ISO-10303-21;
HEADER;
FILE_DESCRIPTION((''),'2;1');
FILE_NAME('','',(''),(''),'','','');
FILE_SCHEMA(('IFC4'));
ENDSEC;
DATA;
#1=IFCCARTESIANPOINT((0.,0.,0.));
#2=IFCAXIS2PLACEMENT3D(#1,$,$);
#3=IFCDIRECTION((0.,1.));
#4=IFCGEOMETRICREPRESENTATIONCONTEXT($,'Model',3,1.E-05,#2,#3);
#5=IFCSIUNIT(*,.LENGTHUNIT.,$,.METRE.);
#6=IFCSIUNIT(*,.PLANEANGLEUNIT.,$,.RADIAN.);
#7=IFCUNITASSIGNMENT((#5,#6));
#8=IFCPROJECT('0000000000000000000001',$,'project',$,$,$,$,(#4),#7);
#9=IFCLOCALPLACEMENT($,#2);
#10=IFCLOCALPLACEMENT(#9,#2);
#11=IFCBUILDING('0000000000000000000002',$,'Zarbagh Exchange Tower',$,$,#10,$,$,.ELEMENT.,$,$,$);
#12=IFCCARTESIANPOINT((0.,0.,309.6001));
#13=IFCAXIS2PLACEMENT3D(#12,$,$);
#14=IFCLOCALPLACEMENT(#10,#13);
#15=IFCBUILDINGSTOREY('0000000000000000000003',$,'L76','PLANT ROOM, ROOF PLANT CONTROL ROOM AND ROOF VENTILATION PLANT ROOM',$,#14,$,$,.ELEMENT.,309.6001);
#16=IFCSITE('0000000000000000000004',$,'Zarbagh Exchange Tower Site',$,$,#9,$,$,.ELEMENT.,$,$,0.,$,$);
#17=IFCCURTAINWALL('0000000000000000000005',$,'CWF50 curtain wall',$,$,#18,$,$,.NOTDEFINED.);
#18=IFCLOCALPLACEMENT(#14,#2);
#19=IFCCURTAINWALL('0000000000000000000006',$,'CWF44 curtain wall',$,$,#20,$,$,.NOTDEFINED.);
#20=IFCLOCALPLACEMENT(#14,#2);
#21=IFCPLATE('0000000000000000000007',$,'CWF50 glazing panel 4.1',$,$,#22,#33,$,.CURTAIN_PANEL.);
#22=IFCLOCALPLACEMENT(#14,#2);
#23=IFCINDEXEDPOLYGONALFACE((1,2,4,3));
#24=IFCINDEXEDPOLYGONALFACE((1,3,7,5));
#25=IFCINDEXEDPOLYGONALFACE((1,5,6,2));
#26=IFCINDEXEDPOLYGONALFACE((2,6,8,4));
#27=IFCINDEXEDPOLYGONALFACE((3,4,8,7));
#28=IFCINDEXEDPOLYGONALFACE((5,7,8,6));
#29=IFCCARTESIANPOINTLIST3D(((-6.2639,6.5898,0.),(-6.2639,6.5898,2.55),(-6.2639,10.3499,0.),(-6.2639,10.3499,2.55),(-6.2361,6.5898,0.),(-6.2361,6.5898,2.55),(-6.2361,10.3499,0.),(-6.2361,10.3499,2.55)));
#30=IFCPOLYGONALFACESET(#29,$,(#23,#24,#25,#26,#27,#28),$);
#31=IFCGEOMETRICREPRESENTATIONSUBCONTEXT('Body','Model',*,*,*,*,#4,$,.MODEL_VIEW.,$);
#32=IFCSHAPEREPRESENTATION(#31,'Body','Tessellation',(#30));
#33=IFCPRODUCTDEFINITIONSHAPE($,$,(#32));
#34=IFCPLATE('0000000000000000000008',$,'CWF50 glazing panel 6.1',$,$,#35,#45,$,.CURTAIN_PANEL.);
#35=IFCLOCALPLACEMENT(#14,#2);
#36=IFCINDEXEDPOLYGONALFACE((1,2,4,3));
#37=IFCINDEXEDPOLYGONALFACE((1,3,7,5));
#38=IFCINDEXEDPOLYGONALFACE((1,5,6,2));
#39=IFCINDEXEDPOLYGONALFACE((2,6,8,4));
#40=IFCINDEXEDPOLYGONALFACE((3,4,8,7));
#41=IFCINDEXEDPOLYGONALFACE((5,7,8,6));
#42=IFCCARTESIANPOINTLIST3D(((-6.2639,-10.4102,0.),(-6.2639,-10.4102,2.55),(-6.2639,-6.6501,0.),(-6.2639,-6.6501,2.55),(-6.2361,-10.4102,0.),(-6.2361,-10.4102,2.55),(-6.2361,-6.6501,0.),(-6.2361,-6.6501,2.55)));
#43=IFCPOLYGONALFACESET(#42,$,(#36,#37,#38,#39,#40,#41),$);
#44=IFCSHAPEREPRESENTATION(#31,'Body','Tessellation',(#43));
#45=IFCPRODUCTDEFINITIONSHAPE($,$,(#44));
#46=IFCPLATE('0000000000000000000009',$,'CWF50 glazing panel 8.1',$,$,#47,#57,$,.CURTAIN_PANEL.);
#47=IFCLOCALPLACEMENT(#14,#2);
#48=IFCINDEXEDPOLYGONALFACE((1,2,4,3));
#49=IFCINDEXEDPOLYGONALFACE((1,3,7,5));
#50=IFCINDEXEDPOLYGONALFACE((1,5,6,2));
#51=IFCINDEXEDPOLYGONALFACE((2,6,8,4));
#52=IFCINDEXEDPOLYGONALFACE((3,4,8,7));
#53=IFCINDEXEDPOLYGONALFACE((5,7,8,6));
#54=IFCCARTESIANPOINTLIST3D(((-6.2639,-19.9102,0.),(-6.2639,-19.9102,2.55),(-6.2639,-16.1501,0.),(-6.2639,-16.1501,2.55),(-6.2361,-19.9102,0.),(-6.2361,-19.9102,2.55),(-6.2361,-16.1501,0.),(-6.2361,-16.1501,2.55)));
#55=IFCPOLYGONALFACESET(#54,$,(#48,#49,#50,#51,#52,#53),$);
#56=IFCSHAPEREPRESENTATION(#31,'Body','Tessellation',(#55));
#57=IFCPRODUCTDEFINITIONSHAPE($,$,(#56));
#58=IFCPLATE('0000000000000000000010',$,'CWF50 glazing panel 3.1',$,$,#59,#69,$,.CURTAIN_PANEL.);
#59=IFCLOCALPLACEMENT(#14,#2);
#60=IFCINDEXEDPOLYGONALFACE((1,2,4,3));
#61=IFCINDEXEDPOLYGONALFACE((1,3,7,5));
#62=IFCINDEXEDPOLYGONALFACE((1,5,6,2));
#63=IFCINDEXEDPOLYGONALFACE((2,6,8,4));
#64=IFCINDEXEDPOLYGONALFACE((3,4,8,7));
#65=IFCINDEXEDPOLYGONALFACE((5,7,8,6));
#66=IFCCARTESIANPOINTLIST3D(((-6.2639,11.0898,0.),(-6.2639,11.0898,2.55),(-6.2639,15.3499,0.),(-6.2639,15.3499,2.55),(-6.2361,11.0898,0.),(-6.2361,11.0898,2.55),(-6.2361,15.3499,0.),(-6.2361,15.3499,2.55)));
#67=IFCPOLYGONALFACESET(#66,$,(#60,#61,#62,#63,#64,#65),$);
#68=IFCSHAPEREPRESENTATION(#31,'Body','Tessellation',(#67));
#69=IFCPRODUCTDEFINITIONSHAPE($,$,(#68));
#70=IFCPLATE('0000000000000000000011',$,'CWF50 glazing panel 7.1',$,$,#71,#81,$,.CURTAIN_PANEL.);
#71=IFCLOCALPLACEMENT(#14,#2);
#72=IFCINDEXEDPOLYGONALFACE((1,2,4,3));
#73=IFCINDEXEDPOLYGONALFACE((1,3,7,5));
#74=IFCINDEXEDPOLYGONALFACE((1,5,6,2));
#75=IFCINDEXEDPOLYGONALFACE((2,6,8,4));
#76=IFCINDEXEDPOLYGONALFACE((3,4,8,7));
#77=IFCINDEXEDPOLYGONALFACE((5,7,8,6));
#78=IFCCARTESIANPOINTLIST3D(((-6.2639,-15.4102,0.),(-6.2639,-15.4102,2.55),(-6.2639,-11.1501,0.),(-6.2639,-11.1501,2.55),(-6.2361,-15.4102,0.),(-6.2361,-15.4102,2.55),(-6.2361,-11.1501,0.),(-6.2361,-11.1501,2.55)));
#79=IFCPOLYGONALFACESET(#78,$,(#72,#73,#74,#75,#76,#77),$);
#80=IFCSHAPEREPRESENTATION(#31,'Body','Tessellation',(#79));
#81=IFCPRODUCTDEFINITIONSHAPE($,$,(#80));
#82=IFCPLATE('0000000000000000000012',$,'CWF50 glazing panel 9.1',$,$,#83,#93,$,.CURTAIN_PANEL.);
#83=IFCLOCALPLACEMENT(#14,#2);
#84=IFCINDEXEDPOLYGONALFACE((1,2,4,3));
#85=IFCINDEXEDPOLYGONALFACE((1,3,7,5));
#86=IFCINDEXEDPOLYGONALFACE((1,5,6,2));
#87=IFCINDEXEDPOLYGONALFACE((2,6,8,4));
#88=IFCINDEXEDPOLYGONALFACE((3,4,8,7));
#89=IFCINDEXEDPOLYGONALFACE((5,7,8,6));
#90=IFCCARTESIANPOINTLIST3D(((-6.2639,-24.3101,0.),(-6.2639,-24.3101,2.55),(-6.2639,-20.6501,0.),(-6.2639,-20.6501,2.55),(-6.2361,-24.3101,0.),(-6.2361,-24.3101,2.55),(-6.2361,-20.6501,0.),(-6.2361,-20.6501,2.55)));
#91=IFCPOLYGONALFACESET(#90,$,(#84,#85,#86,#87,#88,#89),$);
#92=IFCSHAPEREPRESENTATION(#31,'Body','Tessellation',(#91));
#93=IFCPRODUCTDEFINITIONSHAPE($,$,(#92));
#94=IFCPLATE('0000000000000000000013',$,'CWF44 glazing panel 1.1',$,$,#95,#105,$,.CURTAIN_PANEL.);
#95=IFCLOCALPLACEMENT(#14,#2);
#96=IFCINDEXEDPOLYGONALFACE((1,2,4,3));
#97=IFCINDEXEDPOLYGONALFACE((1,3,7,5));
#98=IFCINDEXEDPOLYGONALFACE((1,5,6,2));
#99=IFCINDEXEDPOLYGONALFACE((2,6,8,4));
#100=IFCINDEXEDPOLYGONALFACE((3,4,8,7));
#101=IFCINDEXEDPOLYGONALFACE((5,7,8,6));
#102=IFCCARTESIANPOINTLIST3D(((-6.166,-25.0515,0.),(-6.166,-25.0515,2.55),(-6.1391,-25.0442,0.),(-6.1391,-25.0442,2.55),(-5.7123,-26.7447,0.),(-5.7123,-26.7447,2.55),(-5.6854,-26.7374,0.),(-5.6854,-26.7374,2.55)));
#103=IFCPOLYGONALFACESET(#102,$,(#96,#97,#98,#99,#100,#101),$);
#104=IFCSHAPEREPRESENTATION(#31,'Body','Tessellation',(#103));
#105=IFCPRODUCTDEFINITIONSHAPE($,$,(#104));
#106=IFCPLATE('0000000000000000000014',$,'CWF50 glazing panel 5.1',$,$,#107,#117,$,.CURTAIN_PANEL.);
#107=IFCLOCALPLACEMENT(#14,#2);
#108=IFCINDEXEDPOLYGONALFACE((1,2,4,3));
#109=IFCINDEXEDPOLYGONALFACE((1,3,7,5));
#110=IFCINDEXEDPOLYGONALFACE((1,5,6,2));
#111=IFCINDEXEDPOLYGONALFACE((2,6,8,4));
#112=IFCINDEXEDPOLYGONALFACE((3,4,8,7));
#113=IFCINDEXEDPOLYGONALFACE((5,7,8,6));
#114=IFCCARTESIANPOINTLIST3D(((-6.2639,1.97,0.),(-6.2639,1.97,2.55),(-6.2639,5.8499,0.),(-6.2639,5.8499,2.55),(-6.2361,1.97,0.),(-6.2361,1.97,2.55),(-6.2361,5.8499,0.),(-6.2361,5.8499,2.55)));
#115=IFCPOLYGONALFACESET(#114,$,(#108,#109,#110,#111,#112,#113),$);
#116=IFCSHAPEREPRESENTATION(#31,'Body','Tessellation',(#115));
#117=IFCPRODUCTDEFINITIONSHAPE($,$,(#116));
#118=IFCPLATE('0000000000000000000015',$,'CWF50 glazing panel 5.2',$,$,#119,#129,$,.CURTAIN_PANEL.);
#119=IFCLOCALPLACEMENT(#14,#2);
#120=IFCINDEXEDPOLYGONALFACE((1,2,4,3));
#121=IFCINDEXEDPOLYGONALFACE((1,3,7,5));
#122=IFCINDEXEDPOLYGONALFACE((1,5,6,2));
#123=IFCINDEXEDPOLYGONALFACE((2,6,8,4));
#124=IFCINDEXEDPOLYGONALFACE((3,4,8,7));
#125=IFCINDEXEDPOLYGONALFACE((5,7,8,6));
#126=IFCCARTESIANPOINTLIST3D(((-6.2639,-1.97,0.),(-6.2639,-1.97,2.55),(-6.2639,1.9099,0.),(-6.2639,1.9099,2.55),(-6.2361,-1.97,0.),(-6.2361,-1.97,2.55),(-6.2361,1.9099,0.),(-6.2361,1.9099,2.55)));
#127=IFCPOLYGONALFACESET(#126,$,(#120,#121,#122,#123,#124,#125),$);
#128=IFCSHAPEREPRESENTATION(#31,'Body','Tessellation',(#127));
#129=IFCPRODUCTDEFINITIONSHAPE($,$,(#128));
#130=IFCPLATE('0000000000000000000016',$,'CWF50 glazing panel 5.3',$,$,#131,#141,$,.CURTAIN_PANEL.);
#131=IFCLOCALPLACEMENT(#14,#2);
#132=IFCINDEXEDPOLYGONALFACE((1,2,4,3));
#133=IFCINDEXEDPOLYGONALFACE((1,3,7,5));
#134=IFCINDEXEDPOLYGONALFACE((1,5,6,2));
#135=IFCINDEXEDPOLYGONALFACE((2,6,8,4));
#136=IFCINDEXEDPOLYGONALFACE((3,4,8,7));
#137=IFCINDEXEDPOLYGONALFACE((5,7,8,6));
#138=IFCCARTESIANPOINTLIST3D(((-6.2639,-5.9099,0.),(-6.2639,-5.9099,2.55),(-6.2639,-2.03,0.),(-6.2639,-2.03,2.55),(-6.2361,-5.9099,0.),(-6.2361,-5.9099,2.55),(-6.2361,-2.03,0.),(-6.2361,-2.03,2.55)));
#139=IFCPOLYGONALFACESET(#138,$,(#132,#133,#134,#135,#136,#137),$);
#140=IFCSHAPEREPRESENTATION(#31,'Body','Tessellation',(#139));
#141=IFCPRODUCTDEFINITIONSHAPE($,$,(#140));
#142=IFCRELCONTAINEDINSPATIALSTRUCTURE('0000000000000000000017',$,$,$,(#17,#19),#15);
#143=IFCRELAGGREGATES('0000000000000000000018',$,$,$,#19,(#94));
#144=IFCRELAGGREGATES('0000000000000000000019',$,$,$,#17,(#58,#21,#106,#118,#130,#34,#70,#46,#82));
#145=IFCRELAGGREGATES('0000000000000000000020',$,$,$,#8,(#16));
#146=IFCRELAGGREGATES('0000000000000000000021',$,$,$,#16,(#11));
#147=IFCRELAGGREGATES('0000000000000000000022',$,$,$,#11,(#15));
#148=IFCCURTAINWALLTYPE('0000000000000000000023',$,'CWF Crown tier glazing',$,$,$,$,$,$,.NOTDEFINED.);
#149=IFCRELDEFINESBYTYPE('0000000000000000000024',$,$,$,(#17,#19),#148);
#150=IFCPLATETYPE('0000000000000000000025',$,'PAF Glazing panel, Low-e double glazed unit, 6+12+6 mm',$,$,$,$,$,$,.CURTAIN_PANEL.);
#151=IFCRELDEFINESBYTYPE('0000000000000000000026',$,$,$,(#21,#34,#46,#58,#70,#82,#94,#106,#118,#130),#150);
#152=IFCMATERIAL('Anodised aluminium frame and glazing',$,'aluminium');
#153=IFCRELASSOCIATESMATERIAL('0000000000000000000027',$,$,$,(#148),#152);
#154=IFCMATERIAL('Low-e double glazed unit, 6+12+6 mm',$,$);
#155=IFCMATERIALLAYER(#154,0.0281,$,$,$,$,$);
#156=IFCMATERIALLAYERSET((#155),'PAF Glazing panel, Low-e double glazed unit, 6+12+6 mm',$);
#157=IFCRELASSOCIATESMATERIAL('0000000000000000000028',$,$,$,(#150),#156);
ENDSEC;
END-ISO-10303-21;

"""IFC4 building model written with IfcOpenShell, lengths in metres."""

from ifc_helpers import new_model, si_unit, direction, frame, origin, place, context, subcontext, project, spatial, polyline, outline, extrude, source, transform, mapped, material, layer, layer_set, type_object, element, aggregate, save


model = new_model("IFC4")

# Units and contexts
model_context = context("Model", 3, precision=1e-05, world=origin(), true_north=direction((0.0, 1.0)))
body_context = subcontext(model_context, "Body", "Model", "MODEL_VIEW")
ifc_project = project(units=[si_unit("LENGTHUNIT", "METRE"), si_unit("PLANEANGLEUNIT", "RADIAN")], contexts=[model_context])

# Site, building, storey
site_placement = place(None, origin())
site = spatial("IfcSite", under=ifc_project, at=site_placement, Name="Zarbagh Exchange Tower Site", CompositionType="ELEMENT", RefElevation=0.0)
building_placement = place(site_placement, origin())
building = spatial("IfcBuilding", under=site, at=building_placement, Name="Zarbagh Exchange Tower", CompositionType="ELEMENT")
storey_placement = place(building_placement, frame((0.0, 0.0, 309.6001)))
storey = spatial("IfcBuildingStorey", under=building, at=storey_placement, Name="L76", Description="PLANT ROOM, ROOF PLANT CONTROL ROOM AND ROOF VENTILATION PLANT ROOM", CompositionType="ELEMENT", Elevation=309.6001)

# Curtain wall
ifc_material_1 = material(Name="Anodised aluminium frame and glazing", Category="aluminium")
curtain_wall_type = type_object("IfcCurtainWallType", Name="CWF Crown tier glazing", PredefinedType="NOTDEFINED", material=ifc_material_1)
curtain_wall_1_placement = place(storey_placement, origin())
curtain_wall_1 = element("IfcCurtainWall", 1, at=curtain_wall_1_placement, inside=storey, type_object=curtain_wall_type, Name="CWF50 curtain wall", PredefinedType="NOTDEFINED")
placement = place(storey_placement, origin())

# Curtain wall
curtain_wall_2_placement = place(storey_placement, origin())
curtain_wall_2 = element("IfcCurtainWall", 2, at=curtain_wall_2_placement, inside=storey, type_object=curtain_wall_type, Name="CWF44 curtain wall", PredefinedType="NOTDEFINED")

# Shared definitions
ifc_material_2 = material(Name="Low-e double glazed unit, 6+12+6 mm")
ifc_layer = layer(ifc_material_2, 0.0281)
ifc_layer_set = layer_set([ifc_layer], Name="PAF Glazing panel, Low-e double glazed unit, 6+12+6 mm")
plate_type = type_object("IfcPlateType", Name="PAF Glazing panel, Low-e double glazed unit, 6+12+6 mm", PredefinedType="CURTAIN_PANEL", material=ifc_layer_set)

# Plates
shared_shape_1 = source(origin(), body_context, "Body", "SweptSolid", [
    extrude(outline(polyline([(0.0, -0.0139), (3.76, -0.0139), (3.76, 0.0139), (0.0, 0.0139), (0.0, -0.0139)])), origin(), (0.0, 0.0, 1.0), 2.55),
])
plate_1 = element("IfcPlate", 3, at=placement, type_object=plate_type, Name="CWF50 glazing panel 4.1", PredefinedType="CURTAIN_PANEL", context=body_context, shape_type="MappedRepresentation", body=[
    mapped(shared_shape_1, transform((-6.25, 10.3499, 0.0), x_axis=(0.0, -1.0, 0.0), y_axis=(1.0, 0.0, 0.0), z_axis=(0.0, 0.0, 1.0))),
])
plate_2 = element("IfcPlate", 4, at=placement, type_object=plate_type, Name="CWF50 glazing panel 6.1", PredefinedType="CURTAIN_PANEL", context=body_context, shape_type="MappedRepresentation", body=[
    mapped(shared_shape_1, transform((-6.25, -6.6501, 0.0), x_axis=(0.0, -1.0, 0.0), y_axis=(1.0, 0.0, 0.0), z_axis=(0.0, 0.0, 1.0))),
])
plate_3 = element("IfcPlate", 5, at=placement, type_object=plate_type, Name="CWF50 glazing panel 8.1", PredefinedType="CURTAIN_PANEL", context=body_context, shape_type="MappedRepresentation", body=[
    mapped(shared_shape_1, transform((-6.25, -16.1501, 0.0), x_axis=(0.0, -1.0, 0.0), y_axis=(1.0, 0.0, 0.0), z_axis=(0.0, 0.0, 1.0))),
])
shared_shape_2 = source(origin(), body_context, "Body", "SweptSolid", [
    extrude(outline(polyline([(0.0, -0.0139), (4.26, -0.0139), (4.26, 0.0139), (0.0, 0.0139), (0.0, -0.0139)])), origin(), (0.0, 0.0, 1.0), 2.55),
])
plate_4 = element("IfcPlate", 6, at=placement, type_object=plate_type, Name="CWF50 glazing panel 3.1", PredefinedType="CURTAIN_PANEL", context=body_context, shape_type="MappedRepresentation", body=[
    mapped(shared_shape_2, transform((-6.25, 15.3499, 0.0), x_axis=(0.0, -1.0, 0.0), y_axis=(1.0, 0.0, 0.0), z_axis=(0.0, 0.0, 1.0))),
])
plate_5 = element("IfcPlate", 7, at=placement, type_object=plate_type, Name="CWF50 glazing panel 7.1", PredefinedType="CURTAIN_PANEL", context=body_context, shape_type="MappedRepresentation", body=[
    mapped(shared_shape_2, transform((-6.25, -11.1501, 0.0), x_axis=(0.0, -1.0, 0.0), y_axis=(1.0, 0.0, 0.0), z_axis=(0.0, 0.0, 1.0))),
])
shared_shape_3 = source(origin(), body_context, "Body", "SweptSolid", [
    extrude(outline(polyline([(0.0, -0.0139), (3.6599, -0.0139), (3.6599, 0.0139), (0.0, 0.0139), (0.0, -0.0139)])), origin(), (0.0, 0.0, 1.0), 2.55),
])
plate_6 = element("IfcPlate", 8, at=placement, type_object=plate_type, Name="CWF50 glazing panel 9.1", PredefinedType="CURTAIN_PANEL", context=body_context, shape_type="MappedRepresentation", body=[
    mapped(shared_shape_3, transform((-6.25, -20.6501, 0.0), x_axis=(0.0, -1.0, 0.0), y_axis=(1.0, 0.0, 0.0), z_axis=(0.0, 0.0, 1.0))),
])
shared_shape_4 = source(origin(), body_context, "Body", "SweptSolid", [
    extrude(outline(polyline([(0.0, -0.0139), (1.7529, -0.0139), (1.7529, 0.0139), (0.0, 0.0139), (0.0, -0.0139)])), origin(), (0.0, 0.0, 1.0), 2.55),
])
plate_7 = element("IfcPlate", 9, at=placement, type_object=plate_type, Name="CWF44 glazing panel 1.1", PredefinedType="CURTAIN_PANEL", context=body_context, shape_type="MappedRepresentation", body=[
    mapped(shared_shape_4, transform((-6.1526, -25.0479, 0.0), x_axis=(0.258825, -0.965924, 0.0), y_axis=(0.965924, 0.258825, 0.0), z_axis=(0.0, 0.0, 1.0))),
])
aggregate(curtain_wall_2, [plate_7])
shared_shape_5 = source(origin(), body_context, "Body", "SweptSolid", [
    extrude(outline(polyline([(0.0, -0.0139), (3.8799, -0.0139), (3.8799, 0.0139), (0.0, 0.0139), (0.0, -0.0139)])), origin(), (0.0, 0.0, 1.0), 2.55),
])
plate_8 = element("IfcPlate", 10, at=placement, type_object=plate_type, Name="CWF50 glazing panel 5.1", PredefinedType="CURTAIN_PANEL", context=body_context, shape_type="MappedRepresentation", body=[
    mapped(shared_shape_5, transform((-6.25, 5.8499, 0.0), x_axis=(0.0, -1.0, 0.0), y_axis=(1.0, 0.0, 0.0), z_axis=(0.0, 0.0, 1.0))),
])
plate_9 = element("IfcPlate", 11, at=placement, type_object=plate_type, Name="CWF50 glazing panel 5.2", PredefinedType="CURTAIN_PANEL", context=body_context, shape_type="MappedRepresentation", body=[
    mapped(shared_shape_5, transform((-6.25, 1.9099, 0.0), x_axis=(0.0, -1.0, 0.0), y_axis=(1.0, 0.0, 0.0), z_axis=(0.0, 0.0, 1.0))),
])
plate_10 = element("IfcPlate", 12, at=placement, type_object=plate_type, Name="CWF50 glazing panel 5.3", PredefinedType="CURTAIN_PANEL", context=body_context, shape_type="MappedRepresentation", body=[
    mapped(shared_shape_5, transform((-6.25, -2.03, 0.0), x_axis=(0.0, -1.0, 0.0), y_axis=(1.0, 0.0, 0.0), z_axis=(0.0, 0.0, 1.0))),
])
aggregate(curtain_wall_1, [plate_4, plate_1, plate_8, plate_9, plate_10, plate_2, plate_5, plate_3, plate_6])

save(model, "model.ifc")
